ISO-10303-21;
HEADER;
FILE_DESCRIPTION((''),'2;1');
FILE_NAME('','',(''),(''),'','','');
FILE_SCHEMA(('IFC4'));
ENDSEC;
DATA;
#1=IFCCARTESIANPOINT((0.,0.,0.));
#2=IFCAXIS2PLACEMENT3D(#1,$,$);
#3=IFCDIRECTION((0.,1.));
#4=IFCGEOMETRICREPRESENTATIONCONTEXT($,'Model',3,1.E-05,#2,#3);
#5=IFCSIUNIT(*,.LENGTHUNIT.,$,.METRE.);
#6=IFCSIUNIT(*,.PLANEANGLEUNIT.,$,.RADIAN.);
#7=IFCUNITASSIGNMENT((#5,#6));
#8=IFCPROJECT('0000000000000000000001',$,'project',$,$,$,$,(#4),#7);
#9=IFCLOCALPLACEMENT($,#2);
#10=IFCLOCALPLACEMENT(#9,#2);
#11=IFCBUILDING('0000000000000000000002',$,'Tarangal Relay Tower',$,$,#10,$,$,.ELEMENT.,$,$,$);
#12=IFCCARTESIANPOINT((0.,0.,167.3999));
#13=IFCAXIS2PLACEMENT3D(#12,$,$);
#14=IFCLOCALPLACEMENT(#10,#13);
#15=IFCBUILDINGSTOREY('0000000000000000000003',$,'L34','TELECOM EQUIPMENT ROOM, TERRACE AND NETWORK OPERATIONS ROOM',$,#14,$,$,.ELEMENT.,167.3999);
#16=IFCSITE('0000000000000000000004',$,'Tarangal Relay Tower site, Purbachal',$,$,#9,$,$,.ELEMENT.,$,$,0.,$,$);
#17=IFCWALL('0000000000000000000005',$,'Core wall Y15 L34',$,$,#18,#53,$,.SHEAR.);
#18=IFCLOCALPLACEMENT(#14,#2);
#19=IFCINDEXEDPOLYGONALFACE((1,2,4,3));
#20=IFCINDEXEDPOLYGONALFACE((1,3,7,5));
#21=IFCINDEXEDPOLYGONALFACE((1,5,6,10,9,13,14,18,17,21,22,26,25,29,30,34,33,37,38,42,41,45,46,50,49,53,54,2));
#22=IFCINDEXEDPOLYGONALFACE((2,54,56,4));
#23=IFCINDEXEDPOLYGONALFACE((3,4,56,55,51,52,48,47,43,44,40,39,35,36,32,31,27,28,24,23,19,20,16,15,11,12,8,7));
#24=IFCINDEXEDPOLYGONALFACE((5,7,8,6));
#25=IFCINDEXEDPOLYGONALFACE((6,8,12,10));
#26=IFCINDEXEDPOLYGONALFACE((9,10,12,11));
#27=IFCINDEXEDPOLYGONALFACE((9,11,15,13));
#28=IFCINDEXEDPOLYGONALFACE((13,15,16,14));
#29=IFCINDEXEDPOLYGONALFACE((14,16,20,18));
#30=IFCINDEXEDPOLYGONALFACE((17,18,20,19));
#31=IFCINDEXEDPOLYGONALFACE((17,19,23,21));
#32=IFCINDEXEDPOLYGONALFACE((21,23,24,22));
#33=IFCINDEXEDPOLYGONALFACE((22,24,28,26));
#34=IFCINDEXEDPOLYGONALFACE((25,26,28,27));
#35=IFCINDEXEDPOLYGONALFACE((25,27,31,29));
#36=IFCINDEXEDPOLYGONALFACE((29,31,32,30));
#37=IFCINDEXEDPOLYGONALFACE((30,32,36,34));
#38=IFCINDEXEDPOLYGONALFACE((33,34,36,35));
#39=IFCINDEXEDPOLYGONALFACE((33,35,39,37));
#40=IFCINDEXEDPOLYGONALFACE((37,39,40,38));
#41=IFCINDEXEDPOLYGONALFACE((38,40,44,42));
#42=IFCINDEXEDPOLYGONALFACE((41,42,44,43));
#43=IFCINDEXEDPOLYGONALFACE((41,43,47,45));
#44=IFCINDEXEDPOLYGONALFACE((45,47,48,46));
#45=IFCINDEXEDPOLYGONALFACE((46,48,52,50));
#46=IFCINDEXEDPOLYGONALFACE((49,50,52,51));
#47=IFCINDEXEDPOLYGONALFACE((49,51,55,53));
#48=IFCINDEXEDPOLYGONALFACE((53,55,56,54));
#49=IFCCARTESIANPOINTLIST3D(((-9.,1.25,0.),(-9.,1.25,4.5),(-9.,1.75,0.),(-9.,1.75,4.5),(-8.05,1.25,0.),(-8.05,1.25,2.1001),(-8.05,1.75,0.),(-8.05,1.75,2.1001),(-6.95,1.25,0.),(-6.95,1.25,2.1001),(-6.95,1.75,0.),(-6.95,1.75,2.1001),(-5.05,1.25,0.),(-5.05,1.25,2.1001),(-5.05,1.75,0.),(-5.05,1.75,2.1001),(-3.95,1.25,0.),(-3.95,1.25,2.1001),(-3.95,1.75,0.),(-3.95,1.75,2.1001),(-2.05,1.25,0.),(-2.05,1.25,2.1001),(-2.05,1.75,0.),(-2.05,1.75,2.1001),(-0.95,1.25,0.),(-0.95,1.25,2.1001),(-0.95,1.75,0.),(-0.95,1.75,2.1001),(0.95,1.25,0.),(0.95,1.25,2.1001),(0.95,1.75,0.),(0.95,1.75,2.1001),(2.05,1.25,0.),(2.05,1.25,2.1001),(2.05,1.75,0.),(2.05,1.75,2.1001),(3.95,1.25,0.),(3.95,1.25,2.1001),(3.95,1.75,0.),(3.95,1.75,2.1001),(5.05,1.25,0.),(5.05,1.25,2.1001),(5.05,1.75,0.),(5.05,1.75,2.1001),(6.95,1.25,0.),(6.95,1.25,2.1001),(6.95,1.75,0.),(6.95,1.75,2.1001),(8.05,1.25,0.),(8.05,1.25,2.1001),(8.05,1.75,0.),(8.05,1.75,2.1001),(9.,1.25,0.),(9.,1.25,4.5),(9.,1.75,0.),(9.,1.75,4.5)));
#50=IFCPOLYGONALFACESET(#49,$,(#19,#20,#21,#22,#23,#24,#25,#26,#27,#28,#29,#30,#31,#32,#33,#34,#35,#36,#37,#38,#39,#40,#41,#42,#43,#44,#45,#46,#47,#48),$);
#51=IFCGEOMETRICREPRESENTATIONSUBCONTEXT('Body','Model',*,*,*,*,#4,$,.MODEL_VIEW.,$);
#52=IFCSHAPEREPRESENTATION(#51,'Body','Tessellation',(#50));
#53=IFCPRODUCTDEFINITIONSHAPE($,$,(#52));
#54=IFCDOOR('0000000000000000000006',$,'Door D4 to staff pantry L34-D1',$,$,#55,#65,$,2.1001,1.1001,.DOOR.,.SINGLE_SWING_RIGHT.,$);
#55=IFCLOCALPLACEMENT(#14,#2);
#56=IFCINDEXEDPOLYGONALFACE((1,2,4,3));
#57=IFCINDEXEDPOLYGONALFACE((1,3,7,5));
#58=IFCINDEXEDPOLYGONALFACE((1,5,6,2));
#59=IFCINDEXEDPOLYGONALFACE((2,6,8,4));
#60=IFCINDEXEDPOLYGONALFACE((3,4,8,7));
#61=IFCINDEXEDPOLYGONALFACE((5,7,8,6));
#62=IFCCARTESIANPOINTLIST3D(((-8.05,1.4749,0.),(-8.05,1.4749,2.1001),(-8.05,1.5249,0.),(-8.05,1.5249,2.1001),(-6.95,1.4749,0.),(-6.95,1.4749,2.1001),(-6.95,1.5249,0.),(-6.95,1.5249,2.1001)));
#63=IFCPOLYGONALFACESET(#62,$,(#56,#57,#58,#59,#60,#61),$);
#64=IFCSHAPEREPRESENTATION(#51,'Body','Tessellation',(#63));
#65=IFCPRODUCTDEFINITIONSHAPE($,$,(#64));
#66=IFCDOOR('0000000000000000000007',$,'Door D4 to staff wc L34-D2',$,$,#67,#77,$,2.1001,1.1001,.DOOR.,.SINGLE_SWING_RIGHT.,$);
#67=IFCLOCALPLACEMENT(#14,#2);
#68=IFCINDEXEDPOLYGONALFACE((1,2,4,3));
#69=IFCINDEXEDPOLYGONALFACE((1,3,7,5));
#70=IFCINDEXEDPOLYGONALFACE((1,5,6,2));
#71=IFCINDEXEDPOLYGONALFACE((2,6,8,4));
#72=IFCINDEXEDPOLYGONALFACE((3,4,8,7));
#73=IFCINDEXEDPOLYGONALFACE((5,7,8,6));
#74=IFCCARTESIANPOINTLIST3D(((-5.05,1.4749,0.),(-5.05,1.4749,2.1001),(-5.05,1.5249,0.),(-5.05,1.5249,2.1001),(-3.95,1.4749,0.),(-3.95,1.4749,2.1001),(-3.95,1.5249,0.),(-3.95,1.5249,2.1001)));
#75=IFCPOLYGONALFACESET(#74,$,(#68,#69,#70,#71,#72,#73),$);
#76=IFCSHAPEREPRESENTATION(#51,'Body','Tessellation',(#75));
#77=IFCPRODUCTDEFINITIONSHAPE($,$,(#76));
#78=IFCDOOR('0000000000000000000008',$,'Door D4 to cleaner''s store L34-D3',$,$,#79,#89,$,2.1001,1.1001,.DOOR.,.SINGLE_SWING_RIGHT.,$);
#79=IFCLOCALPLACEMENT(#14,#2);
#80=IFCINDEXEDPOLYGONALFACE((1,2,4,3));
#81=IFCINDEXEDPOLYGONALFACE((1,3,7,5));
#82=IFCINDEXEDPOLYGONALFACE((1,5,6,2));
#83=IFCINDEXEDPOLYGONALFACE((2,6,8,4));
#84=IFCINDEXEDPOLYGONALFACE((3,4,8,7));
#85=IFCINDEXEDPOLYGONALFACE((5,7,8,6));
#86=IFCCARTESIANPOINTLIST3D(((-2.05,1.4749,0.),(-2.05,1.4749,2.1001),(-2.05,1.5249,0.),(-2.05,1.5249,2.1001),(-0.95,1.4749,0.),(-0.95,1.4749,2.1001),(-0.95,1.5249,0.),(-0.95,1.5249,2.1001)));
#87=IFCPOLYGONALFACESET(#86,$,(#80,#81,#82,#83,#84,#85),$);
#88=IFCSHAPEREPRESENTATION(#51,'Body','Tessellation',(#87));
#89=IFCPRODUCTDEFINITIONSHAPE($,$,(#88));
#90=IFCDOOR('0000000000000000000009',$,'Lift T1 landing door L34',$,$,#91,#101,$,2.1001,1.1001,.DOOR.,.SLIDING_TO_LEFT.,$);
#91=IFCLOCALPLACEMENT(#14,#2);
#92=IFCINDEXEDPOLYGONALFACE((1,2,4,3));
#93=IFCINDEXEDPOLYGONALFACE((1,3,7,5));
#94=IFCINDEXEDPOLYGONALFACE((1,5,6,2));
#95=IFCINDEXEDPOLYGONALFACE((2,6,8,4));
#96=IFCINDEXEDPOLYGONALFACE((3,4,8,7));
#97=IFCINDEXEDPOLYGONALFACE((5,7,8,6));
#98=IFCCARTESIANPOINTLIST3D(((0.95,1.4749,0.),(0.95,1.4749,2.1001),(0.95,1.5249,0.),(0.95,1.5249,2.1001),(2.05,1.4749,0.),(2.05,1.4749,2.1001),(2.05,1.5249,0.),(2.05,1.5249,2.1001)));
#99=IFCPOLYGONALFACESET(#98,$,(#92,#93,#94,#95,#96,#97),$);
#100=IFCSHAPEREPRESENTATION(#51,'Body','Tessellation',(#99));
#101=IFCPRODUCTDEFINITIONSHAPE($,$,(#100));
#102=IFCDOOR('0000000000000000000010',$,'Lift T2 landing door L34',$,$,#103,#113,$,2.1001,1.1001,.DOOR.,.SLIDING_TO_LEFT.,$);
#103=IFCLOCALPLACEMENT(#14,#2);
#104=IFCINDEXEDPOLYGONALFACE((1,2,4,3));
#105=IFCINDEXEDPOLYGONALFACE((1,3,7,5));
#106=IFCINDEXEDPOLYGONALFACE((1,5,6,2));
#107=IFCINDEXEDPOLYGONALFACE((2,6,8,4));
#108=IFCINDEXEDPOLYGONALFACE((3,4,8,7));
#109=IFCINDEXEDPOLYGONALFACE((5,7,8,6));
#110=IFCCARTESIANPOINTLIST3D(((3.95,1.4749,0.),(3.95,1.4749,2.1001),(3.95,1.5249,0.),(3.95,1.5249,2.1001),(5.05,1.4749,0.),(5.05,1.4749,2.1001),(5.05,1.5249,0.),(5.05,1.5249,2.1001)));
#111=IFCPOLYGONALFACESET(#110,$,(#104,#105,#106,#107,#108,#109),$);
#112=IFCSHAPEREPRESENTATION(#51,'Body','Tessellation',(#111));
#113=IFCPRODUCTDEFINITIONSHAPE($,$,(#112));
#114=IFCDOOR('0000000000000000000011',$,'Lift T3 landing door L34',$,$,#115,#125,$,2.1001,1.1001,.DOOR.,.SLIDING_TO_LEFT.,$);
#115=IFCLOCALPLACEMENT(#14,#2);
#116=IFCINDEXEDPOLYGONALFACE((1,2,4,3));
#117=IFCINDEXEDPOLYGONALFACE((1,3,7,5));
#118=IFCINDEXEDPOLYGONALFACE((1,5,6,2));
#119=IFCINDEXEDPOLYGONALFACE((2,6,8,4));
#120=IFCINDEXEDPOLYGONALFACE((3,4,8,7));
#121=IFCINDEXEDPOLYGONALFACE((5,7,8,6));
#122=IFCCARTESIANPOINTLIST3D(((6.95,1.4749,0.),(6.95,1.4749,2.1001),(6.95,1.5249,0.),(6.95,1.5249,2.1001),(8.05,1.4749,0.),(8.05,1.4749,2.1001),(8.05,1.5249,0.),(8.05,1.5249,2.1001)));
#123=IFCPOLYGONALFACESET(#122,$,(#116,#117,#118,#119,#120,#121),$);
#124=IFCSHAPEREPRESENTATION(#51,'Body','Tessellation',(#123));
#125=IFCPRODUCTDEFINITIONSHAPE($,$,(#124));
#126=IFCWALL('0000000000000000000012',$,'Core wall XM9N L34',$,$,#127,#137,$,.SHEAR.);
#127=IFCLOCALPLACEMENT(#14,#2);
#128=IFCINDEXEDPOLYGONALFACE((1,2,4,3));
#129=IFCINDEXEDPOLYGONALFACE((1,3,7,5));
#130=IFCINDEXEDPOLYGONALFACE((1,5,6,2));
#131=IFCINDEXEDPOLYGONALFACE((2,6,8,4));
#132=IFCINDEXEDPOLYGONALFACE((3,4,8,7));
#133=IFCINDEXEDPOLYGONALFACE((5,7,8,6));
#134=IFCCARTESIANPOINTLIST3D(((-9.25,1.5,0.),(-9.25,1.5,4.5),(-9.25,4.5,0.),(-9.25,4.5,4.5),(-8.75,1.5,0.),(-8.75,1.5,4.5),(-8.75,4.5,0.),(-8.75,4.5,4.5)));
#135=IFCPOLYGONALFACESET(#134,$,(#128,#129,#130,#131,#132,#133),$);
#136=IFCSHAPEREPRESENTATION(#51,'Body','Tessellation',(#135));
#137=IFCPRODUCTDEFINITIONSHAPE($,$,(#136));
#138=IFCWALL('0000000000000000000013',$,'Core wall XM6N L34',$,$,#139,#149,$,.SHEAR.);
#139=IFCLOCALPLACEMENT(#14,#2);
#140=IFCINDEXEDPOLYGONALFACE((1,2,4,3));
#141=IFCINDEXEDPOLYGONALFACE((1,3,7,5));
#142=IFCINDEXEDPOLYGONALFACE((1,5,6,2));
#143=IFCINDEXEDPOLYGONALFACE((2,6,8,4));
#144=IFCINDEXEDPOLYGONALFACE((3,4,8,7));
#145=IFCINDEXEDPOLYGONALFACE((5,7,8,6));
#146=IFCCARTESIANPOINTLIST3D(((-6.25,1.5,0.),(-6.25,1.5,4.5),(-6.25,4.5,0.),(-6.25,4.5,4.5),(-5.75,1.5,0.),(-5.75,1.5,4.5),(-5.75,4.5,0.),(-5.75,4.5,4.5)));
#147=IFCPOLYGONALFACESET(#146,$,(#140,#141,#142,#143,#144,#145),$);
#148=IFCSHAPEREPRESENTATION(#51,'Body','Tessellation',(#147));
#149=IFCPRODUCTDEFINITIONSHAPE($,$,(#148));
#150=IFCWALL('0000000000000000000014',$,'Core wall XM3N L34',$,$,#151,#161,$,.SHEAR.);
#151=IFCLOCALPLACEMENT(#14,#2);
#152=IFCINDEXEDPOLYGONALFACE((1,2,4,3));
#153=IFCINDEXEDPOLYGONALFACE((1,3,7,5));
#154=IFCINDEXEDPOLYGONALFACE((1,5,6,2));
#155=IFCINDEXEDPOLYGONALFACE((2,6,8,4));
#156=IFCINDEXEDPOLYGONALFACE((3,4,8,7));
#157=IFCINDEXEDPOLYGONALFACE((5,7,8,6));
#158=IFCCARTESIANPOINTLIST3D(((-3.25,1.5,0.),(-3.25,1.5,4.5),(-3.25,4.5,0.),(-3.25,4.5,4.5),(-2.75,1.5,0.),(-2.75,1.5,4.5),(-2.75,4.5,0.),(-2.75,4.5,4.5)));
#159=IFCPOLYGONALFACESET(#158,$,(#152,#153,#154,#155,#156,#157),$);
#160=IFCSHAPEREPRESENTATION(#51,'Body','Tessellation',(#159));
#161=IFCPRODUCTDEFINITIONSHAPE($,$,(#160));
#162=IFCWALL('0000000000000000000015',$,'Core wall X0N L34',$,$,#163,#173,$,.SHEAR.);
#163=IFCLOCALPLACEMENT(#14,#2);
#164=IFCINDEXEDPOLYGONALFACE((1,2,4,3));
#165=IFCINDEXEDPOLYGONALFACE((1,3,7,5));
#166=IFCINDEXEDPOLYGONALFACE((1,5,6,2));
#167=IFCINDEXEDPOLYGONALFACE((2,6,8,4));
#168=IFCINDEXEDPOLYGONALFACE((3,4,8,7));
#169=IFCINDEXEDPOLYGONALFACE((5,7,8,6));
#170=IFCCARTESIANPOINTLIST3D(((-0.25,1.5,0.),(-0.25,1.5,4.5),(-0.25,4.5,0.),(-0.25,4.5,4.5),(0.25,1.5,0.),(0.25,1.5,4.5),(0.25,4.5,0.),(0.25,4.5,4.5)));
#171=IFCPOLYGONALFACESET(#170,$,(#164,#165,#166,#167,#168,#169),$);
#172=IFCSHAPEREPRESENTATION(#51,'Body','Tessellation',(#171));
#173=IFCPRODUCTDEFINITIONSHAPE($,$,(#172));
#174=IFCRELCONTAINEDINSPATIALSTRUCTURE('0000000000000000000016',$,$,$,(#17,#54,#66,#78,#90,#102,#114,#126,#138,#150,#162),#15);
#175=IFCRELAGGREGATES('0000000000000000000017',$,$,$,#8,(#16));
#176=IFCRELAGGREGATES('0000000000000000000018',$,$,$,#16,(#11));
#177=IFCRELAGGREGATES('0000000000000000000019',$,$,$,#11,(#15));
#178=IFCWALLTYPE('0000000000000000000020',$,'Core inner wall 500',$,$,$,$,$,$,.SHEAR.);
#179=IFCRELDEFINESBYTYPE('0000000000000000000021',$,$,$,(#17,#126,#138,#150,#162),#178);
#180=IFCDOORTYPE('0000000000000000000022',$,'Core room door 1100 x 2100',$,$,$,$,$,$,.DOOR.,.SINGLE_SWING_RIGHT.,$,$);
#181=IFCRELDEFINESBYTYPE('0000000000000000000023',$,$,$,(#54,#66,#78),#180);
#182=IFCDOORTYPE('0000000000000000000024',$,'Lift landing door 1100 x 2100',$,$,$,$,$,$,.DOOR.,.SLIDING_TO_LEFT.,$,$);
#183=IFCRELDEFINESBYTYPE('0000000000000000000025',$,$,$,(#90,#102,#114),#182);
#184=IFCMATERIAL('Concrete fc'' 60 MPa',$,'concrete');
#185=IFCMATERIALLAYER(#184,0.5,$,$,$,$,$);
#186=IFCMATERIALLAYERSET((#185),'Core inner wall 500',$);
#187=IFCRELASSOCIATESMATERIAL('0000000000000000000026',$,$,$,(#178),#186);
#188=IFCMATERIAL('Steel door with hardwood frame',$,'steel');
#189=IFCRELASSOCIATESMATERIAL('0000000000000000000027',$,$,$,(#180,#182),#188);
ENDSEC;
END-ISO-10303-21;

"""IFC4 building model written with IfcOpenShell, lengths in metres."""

from ifc_helpers import new_model, si_unit, direction, frame, frame_2d, origin, place, context, subcontext, project, spatial, rectangle, extrude, material, layer, layer_set, type_object, element, fill, save


model = new_model("IFC4")

# Units and contexts
model_context = context("Model", 3, precision=1e-05, world=origin(), true_north=direction((0.0, 1.0)))
body_context = subcontext(model_context, "Body", "Model", "MODEL_VIEW")
ifc_project = project(units=[si_unit("LENGTHUNIT", "METRE"), si_unit("PLANEANGLEUNIT", "RADIAN")], contexts=[model_context])

# Site, building, storey
site_placement = place(None, origin())
site = spatial("IfcSite", under=ifc_project, at=site_placement, Name="Tarangal Relay Tower site, Purbachal", CompositionType="ELEMENT", RefElevation=0.0)
building_placement = place(site_placement, origin())
building = spatial("IfcBuilding", under=site, at=building_placement, Name="Tarangal Relay Tower", CompositionType="ELEMENT")
storey_placement = place(building_placement, frame((0.0, 0.0, 167.3999)))
storey = spatial("IfcBuildingStorey", under=building, at=storey_placement, Name="L34", Description="TELECOM EQUIPMENT ROOM, TERRACE AND NETWORK OPERATIONS ROOM", CompositionType="ELEMENT", Elevation=167.3999)

# Wall, openings, doors
ifc_material_1 = material(Name="Concrete fc' 60 MPa", Category="concrete")
ifc_layer_1 = layer(ifc_material_1, 0.5)
ifc_layer_set_1 = layer_set([ifc_layer_1], Name="Core inner wall 500")
wall_type = type_object("IfcWallType", Name="Core inner wall 500", PredefinedType="SHEAR", material=ifc_layer_set_1)
wall_1_placement = place(storey_placement, frame((-9.0, 1.5, 0.0), z_axis=(0.0, 0.0, 1.0), x_axis=(1.0, 0.0, 0.0)))
wall_1 = element("IfcWall", 1, at=wall_1_placement, inside=storey, type_object=wall_type, Name="Core wall Y15 L34", PredefinedType="SHEAR", context=body_context, shape_type="SweptSolid", body=[
    extrude(rectangle(XDim=18.0, YDim=0.5, at=frame_2d((9.0, 0.0))), origin(), (0.0, 0.0, 1.0), 4.5),
])
opening_1_placement = place(wall_1_placement, frame((9.95, 0.0, 0.0)))
opening_1 = element("IfcOpeningElement", 2, at=opening_1_placement, cuts=wall_1, PredefinedType="OPENING", context=body_context, shape_type="SweptSolid", body=[
    extrude(rectangle(XDim=1.1001, YDim=2.1001, at=frame_2d((0.55, 1.05))), frame((0.0, 0.26, 0.0), z_axis=(0.0, -1.0, 0.0), x_axis=(1.0, 0.0, 0.0)), (0.0, 0.0, 1.0), 0.52),
])
opening_2_placement = place(wall_1_placement, frame((12.95, 0.0, 0.0)))
opening_2 = element("IfcOpeningElement", 3, at=opening_2_placement, cuts=wall_1, PredefinedType="OPENING", context=body_context, shape_type="SweptSolid", body=[
    extrude(rectangle(XDim=1.1001, YDim=2.1001, at=frame_2d((0.55, 1.05))), frame((0.0, 0.26, 0.0), z_axis=(0.0, -1.0, 0.0), x_axis=(1.0, 0.0, 0.0)), (0.0, 0.0, 1.0), 0.52),
])
opening_3_placement = place(wall_1_placement, frame((15.95, 0.0, 0.0)))
opening_3 = element("IfcOpeningElement", 4, at=opening_3_placement, cuts=wall_1, PredefinedType="OPENING", context=body_context, shape_type="SweptSolid", body=[
    extrude(rectangle(XDim=1.1001, YDim=2.1001, at=frame_2d((0.55, 1.05))), frame((0.0, 0.26, 0.0), z_axis=(0.0, -1.0, 0.0), x_axis=(1.0, 0.0, 0.0)), (0.0, 0.0, 1.0), 0.52),
])
opening_4_placement = place(wall_1_placement, frame((0.95, 0.0, 0.0)))
opening_4 = element("IfcOpeningElement", 5, at=opening_4_placement, cuts=wall_1, PredefinedType="OPENING", context=body_context, shape_type="SweptSolid", body=[
    extrude(rectangle(XDim=1.1001, YDim=2.1001, at=frame_2d((0.55, 1.05))), frame((0.0, 0.26, 0.0), z_axis=(0.0, -1.0, 0.0), x_axis=(1.0, 0.0, 0.0)), (0.0, 0.0, 1.0), 0.52),
])
opening_5_placement = place(wall_1_placement, frame((3.95, 0.0, 0.0)))
opening_5 = element("IfcOpeningElement", 6, at=opening_5_placement, cuts=wall_1, PredefinedType="OPENING", context=body_context, shape_type="SweptSolid", body=[
    extrude(rectangle(XDim=1.1001, YDim=2.1001, at=frame_2d((0.55, 1.05))), frame((0.0, 0.26, 0.0), z_axis=(0.0, -1.0, 0.0), x_axis=(1.0, 0.0, 0.0)), (0.0, 0.0, 1.0), 0.52),
])
opening_6_placement = place(wall_1_placement, frame((6.95, 0.0, 0.0)))
opening_6 = element("IfcOpeningElement", 7, at=opening_6_placement, cuts=wall_1, PredefinedType="OPENING", context=body_context, shape_type="SweptSolid", body=[
    extrude(rectangle(XDim=1.1001, YDim=2.1001, at=frame_2d((0.55, 1.05))), frame((0.0, 0.26, 0.0), z_axis=(0.0, -1.0, 0.0), x_axis=(1.0, 0.0, 0.0)), (0.0, 0.0, 1.0), 0.52),
])
ifc_material_2 = material(Name="Steel door with hardwood frame", Category="steel")
door_type_1 = type_object("IfcDoorType", Name="Core room door 1100 x 2100", OperationType="SINGLE_SWING_RIGHT", PredefinedType="DOOR", material=ifc_material_2)
door_1_placement = place(opening_4_placement, origin())
door_1 = element("IfcDoor", 8, at=door_1_placement, inside=storey, type_object=door_type_1, Name="Door D4 to staff pantry L34-D1", OperationType="SINGLE_SWING_RIGHT", OverallHeight=2.1001, OverallWidth=1.1001, PredefinedType="DOOR", context=body_context, shape_type="SweptSolid", body=[
    extrude(rectangle(XDim=1.1001, YDim=2.1001, at=frame_2d((0.55, 1.05))), frame((0.0, 0.0249, 0.0), z_axis=(0.0, -1.0, 0.0), x_axis=(1.0, 0.0, 0.0)), (0.0, 0.0, 1.0), 0.05),
])
fill(opening_4, door_1)
door_2_placement = place(opening_5_placement, origin())
door_2 = element("IfcDoor", 9, at=door_2_placement, inside=storey, type_object=door_type_1, Name="Door D4 to staff wc L34-D2", OperationType="SINGLE_SWING_RIGHT", OverallHeight=2.1001, OverallWidth=1.1001, PredefinedType="DOOR", context=body_context, shape_type="SweptSolid", body=[
    extrude(rectangle(XDim=1.1001, YDim=2.1001, at=frame_2d((0.55, 1.05))), frame((0.0, 0.0249, 0.0), z_axis=(0.0, -1.0, 0.0), x_axis=(1.0, 0.0, 0.0)), (0.0, 0.0, 1.0), 0.05),
])
fill(opening_5, door_2)
door_3_placement = place(opening_6_placement, origin())
door_3 = element("IfcDoor", 10, at=door_3_placement, inside=storey, type_object=door_type_1, Name="Door D4 to cleaner's store L34-D3", OperationType="SINGLE_SWING_RIGHT", OverallHeight=2.1001, OverallWidth=1.1001, PredefinedType="DOOR", context=body_context, shape_type="SweptSolid", body=[
    extrude(rectangle(XDim=1.1001, YDim=2.1001, at=frame_2d((0.55, 1.05))), frame((0.0, 0.0249, 0.0), z_axis=(0.0, -1.0, 0.0), x_axis=(1.0, 0.0, 0.0)), (0.0, 0.0, 1.0), 0.05),
])
fill(opening_6, door_3)
door_type_2 = type_object("IfcDoorType", Name="Lift landing door 1100 x 2100", OperationType="SLIDING_TO_LEFT", PredefinedType="DOOR", material=ifc_material_2)
door_4_placement = place(opening_1_placement, origin())
door_4 = element("IfcDoor", 11, at=door_4_placement, inside=storey, type_object=door_type_2, Name="Lift T1 landing door L34", OperationType="SLIDING_TO_LEFT", OverallHeight=2.1001, OverallWidth=1.1001, PredefinedType="DOOR", context=body_context, shape_type="SweptSolid", body=[
    extrude(rectangle(XDim=1.1001, YDim=2.1001, at=frame_2d((0.55, 1.05))), frame((0.0, 0.0249, 0.0), z_axis=(0.0, -1.0, 0.0), x_axis=(1.0, 0.0, 0.0)), (0.0, 0.0, 1.0), 0.05),
])
fill(opening_1, door_4)
door_5_placement = place(opening_2_placement, origin())
door_5 = element("IfcDoor", 12, at=door_5_placement, inside=storey, type_object=door_type_2, Name="Lift T2 landing door L34", OperationType="SLIDING_TO_LEFT", OverallHeight=2.1001, OverallWidth=1.1001, PredefinedType="DOOR", context=body_context, shape_type="SweptSolid", body=[
    extrude(rectangle(XDim=1.1001, YDim=2.1001, at=frame_2d((0.55, 1.05))), frame((0.0, 0.0249, 0.0), z_axis=(0.0, -1.0, 0.0), x_axis=(1.0, 0.0, 0.0)), (0.0, 0.0, 1.0), 0.05),
])
fill(opening_2, door_5)
door_6_placement = place(opening_3_placement, origin())
door_6 = element("IfcDoor", 13, at=door_6_placement, inside=storey, type_object=door_type_2, Name="Lift T3 landing door L34", OperationType="SLIDING_TO_LEFT", OverallHeight=2.1001, OverallWidth=1.1001, PredefinedType="DOOR", context=body_context, shape_type="SweptSolid", body=[
    extrude(rectangle(XDim=1.1001, YDim=2.1001, at=frame_2d((0.55, 1.05))), frame((0.0, 0.0249, 0.0), z_axis=(0.0, -1.0, 0.0), x_axis=(1.0, 0.0, 0.0)), (0.0, 0.0, 1.0), 0.05),
])
fill(opening_3, door_6)

# Walls
for number, where, z_axis, x_axis, name in (
    (14, (-9.0, 1.5, 0.0), (0.0, 0.0, 1.0), (0.0, 1.0, 0.0), "Core wall XM9N L34"),
    (15, (-6.0, 1.5, 0.0), (0.0, 0.0, 1.0), (0.0, 1.0, 0.0), "Core wall XM6N L34"),
    (16, (-3.0, 1.5, 0.0), (0.0, 0.0, 1.0), (0.0, 1.0, 0.0), "Core wall XM3N L34"),
    (17, (0.0, 1.5, 0.0), (0.0, 0.0, 1.0), (0.0, 1.0, 0.0), "Core wall X0N L34"),
):
    element("IfcWall", number, at=place(storey_placement, frame(where, z_axis=z_axis, x_axis=x_axis)), inside=storey, type_object=wall_type, Name=name, PredefinedType="SHEAR", context=body_context, shape_type="SweptSolid", body=[
        extrude(rectangle(XDim=3.0, YDim=0.5, at=frame_2d((1.5, 0.0))), origin(), (0.0, 0.0, 1.0), 4.5),
    ])

save(model, "model.ifc")
